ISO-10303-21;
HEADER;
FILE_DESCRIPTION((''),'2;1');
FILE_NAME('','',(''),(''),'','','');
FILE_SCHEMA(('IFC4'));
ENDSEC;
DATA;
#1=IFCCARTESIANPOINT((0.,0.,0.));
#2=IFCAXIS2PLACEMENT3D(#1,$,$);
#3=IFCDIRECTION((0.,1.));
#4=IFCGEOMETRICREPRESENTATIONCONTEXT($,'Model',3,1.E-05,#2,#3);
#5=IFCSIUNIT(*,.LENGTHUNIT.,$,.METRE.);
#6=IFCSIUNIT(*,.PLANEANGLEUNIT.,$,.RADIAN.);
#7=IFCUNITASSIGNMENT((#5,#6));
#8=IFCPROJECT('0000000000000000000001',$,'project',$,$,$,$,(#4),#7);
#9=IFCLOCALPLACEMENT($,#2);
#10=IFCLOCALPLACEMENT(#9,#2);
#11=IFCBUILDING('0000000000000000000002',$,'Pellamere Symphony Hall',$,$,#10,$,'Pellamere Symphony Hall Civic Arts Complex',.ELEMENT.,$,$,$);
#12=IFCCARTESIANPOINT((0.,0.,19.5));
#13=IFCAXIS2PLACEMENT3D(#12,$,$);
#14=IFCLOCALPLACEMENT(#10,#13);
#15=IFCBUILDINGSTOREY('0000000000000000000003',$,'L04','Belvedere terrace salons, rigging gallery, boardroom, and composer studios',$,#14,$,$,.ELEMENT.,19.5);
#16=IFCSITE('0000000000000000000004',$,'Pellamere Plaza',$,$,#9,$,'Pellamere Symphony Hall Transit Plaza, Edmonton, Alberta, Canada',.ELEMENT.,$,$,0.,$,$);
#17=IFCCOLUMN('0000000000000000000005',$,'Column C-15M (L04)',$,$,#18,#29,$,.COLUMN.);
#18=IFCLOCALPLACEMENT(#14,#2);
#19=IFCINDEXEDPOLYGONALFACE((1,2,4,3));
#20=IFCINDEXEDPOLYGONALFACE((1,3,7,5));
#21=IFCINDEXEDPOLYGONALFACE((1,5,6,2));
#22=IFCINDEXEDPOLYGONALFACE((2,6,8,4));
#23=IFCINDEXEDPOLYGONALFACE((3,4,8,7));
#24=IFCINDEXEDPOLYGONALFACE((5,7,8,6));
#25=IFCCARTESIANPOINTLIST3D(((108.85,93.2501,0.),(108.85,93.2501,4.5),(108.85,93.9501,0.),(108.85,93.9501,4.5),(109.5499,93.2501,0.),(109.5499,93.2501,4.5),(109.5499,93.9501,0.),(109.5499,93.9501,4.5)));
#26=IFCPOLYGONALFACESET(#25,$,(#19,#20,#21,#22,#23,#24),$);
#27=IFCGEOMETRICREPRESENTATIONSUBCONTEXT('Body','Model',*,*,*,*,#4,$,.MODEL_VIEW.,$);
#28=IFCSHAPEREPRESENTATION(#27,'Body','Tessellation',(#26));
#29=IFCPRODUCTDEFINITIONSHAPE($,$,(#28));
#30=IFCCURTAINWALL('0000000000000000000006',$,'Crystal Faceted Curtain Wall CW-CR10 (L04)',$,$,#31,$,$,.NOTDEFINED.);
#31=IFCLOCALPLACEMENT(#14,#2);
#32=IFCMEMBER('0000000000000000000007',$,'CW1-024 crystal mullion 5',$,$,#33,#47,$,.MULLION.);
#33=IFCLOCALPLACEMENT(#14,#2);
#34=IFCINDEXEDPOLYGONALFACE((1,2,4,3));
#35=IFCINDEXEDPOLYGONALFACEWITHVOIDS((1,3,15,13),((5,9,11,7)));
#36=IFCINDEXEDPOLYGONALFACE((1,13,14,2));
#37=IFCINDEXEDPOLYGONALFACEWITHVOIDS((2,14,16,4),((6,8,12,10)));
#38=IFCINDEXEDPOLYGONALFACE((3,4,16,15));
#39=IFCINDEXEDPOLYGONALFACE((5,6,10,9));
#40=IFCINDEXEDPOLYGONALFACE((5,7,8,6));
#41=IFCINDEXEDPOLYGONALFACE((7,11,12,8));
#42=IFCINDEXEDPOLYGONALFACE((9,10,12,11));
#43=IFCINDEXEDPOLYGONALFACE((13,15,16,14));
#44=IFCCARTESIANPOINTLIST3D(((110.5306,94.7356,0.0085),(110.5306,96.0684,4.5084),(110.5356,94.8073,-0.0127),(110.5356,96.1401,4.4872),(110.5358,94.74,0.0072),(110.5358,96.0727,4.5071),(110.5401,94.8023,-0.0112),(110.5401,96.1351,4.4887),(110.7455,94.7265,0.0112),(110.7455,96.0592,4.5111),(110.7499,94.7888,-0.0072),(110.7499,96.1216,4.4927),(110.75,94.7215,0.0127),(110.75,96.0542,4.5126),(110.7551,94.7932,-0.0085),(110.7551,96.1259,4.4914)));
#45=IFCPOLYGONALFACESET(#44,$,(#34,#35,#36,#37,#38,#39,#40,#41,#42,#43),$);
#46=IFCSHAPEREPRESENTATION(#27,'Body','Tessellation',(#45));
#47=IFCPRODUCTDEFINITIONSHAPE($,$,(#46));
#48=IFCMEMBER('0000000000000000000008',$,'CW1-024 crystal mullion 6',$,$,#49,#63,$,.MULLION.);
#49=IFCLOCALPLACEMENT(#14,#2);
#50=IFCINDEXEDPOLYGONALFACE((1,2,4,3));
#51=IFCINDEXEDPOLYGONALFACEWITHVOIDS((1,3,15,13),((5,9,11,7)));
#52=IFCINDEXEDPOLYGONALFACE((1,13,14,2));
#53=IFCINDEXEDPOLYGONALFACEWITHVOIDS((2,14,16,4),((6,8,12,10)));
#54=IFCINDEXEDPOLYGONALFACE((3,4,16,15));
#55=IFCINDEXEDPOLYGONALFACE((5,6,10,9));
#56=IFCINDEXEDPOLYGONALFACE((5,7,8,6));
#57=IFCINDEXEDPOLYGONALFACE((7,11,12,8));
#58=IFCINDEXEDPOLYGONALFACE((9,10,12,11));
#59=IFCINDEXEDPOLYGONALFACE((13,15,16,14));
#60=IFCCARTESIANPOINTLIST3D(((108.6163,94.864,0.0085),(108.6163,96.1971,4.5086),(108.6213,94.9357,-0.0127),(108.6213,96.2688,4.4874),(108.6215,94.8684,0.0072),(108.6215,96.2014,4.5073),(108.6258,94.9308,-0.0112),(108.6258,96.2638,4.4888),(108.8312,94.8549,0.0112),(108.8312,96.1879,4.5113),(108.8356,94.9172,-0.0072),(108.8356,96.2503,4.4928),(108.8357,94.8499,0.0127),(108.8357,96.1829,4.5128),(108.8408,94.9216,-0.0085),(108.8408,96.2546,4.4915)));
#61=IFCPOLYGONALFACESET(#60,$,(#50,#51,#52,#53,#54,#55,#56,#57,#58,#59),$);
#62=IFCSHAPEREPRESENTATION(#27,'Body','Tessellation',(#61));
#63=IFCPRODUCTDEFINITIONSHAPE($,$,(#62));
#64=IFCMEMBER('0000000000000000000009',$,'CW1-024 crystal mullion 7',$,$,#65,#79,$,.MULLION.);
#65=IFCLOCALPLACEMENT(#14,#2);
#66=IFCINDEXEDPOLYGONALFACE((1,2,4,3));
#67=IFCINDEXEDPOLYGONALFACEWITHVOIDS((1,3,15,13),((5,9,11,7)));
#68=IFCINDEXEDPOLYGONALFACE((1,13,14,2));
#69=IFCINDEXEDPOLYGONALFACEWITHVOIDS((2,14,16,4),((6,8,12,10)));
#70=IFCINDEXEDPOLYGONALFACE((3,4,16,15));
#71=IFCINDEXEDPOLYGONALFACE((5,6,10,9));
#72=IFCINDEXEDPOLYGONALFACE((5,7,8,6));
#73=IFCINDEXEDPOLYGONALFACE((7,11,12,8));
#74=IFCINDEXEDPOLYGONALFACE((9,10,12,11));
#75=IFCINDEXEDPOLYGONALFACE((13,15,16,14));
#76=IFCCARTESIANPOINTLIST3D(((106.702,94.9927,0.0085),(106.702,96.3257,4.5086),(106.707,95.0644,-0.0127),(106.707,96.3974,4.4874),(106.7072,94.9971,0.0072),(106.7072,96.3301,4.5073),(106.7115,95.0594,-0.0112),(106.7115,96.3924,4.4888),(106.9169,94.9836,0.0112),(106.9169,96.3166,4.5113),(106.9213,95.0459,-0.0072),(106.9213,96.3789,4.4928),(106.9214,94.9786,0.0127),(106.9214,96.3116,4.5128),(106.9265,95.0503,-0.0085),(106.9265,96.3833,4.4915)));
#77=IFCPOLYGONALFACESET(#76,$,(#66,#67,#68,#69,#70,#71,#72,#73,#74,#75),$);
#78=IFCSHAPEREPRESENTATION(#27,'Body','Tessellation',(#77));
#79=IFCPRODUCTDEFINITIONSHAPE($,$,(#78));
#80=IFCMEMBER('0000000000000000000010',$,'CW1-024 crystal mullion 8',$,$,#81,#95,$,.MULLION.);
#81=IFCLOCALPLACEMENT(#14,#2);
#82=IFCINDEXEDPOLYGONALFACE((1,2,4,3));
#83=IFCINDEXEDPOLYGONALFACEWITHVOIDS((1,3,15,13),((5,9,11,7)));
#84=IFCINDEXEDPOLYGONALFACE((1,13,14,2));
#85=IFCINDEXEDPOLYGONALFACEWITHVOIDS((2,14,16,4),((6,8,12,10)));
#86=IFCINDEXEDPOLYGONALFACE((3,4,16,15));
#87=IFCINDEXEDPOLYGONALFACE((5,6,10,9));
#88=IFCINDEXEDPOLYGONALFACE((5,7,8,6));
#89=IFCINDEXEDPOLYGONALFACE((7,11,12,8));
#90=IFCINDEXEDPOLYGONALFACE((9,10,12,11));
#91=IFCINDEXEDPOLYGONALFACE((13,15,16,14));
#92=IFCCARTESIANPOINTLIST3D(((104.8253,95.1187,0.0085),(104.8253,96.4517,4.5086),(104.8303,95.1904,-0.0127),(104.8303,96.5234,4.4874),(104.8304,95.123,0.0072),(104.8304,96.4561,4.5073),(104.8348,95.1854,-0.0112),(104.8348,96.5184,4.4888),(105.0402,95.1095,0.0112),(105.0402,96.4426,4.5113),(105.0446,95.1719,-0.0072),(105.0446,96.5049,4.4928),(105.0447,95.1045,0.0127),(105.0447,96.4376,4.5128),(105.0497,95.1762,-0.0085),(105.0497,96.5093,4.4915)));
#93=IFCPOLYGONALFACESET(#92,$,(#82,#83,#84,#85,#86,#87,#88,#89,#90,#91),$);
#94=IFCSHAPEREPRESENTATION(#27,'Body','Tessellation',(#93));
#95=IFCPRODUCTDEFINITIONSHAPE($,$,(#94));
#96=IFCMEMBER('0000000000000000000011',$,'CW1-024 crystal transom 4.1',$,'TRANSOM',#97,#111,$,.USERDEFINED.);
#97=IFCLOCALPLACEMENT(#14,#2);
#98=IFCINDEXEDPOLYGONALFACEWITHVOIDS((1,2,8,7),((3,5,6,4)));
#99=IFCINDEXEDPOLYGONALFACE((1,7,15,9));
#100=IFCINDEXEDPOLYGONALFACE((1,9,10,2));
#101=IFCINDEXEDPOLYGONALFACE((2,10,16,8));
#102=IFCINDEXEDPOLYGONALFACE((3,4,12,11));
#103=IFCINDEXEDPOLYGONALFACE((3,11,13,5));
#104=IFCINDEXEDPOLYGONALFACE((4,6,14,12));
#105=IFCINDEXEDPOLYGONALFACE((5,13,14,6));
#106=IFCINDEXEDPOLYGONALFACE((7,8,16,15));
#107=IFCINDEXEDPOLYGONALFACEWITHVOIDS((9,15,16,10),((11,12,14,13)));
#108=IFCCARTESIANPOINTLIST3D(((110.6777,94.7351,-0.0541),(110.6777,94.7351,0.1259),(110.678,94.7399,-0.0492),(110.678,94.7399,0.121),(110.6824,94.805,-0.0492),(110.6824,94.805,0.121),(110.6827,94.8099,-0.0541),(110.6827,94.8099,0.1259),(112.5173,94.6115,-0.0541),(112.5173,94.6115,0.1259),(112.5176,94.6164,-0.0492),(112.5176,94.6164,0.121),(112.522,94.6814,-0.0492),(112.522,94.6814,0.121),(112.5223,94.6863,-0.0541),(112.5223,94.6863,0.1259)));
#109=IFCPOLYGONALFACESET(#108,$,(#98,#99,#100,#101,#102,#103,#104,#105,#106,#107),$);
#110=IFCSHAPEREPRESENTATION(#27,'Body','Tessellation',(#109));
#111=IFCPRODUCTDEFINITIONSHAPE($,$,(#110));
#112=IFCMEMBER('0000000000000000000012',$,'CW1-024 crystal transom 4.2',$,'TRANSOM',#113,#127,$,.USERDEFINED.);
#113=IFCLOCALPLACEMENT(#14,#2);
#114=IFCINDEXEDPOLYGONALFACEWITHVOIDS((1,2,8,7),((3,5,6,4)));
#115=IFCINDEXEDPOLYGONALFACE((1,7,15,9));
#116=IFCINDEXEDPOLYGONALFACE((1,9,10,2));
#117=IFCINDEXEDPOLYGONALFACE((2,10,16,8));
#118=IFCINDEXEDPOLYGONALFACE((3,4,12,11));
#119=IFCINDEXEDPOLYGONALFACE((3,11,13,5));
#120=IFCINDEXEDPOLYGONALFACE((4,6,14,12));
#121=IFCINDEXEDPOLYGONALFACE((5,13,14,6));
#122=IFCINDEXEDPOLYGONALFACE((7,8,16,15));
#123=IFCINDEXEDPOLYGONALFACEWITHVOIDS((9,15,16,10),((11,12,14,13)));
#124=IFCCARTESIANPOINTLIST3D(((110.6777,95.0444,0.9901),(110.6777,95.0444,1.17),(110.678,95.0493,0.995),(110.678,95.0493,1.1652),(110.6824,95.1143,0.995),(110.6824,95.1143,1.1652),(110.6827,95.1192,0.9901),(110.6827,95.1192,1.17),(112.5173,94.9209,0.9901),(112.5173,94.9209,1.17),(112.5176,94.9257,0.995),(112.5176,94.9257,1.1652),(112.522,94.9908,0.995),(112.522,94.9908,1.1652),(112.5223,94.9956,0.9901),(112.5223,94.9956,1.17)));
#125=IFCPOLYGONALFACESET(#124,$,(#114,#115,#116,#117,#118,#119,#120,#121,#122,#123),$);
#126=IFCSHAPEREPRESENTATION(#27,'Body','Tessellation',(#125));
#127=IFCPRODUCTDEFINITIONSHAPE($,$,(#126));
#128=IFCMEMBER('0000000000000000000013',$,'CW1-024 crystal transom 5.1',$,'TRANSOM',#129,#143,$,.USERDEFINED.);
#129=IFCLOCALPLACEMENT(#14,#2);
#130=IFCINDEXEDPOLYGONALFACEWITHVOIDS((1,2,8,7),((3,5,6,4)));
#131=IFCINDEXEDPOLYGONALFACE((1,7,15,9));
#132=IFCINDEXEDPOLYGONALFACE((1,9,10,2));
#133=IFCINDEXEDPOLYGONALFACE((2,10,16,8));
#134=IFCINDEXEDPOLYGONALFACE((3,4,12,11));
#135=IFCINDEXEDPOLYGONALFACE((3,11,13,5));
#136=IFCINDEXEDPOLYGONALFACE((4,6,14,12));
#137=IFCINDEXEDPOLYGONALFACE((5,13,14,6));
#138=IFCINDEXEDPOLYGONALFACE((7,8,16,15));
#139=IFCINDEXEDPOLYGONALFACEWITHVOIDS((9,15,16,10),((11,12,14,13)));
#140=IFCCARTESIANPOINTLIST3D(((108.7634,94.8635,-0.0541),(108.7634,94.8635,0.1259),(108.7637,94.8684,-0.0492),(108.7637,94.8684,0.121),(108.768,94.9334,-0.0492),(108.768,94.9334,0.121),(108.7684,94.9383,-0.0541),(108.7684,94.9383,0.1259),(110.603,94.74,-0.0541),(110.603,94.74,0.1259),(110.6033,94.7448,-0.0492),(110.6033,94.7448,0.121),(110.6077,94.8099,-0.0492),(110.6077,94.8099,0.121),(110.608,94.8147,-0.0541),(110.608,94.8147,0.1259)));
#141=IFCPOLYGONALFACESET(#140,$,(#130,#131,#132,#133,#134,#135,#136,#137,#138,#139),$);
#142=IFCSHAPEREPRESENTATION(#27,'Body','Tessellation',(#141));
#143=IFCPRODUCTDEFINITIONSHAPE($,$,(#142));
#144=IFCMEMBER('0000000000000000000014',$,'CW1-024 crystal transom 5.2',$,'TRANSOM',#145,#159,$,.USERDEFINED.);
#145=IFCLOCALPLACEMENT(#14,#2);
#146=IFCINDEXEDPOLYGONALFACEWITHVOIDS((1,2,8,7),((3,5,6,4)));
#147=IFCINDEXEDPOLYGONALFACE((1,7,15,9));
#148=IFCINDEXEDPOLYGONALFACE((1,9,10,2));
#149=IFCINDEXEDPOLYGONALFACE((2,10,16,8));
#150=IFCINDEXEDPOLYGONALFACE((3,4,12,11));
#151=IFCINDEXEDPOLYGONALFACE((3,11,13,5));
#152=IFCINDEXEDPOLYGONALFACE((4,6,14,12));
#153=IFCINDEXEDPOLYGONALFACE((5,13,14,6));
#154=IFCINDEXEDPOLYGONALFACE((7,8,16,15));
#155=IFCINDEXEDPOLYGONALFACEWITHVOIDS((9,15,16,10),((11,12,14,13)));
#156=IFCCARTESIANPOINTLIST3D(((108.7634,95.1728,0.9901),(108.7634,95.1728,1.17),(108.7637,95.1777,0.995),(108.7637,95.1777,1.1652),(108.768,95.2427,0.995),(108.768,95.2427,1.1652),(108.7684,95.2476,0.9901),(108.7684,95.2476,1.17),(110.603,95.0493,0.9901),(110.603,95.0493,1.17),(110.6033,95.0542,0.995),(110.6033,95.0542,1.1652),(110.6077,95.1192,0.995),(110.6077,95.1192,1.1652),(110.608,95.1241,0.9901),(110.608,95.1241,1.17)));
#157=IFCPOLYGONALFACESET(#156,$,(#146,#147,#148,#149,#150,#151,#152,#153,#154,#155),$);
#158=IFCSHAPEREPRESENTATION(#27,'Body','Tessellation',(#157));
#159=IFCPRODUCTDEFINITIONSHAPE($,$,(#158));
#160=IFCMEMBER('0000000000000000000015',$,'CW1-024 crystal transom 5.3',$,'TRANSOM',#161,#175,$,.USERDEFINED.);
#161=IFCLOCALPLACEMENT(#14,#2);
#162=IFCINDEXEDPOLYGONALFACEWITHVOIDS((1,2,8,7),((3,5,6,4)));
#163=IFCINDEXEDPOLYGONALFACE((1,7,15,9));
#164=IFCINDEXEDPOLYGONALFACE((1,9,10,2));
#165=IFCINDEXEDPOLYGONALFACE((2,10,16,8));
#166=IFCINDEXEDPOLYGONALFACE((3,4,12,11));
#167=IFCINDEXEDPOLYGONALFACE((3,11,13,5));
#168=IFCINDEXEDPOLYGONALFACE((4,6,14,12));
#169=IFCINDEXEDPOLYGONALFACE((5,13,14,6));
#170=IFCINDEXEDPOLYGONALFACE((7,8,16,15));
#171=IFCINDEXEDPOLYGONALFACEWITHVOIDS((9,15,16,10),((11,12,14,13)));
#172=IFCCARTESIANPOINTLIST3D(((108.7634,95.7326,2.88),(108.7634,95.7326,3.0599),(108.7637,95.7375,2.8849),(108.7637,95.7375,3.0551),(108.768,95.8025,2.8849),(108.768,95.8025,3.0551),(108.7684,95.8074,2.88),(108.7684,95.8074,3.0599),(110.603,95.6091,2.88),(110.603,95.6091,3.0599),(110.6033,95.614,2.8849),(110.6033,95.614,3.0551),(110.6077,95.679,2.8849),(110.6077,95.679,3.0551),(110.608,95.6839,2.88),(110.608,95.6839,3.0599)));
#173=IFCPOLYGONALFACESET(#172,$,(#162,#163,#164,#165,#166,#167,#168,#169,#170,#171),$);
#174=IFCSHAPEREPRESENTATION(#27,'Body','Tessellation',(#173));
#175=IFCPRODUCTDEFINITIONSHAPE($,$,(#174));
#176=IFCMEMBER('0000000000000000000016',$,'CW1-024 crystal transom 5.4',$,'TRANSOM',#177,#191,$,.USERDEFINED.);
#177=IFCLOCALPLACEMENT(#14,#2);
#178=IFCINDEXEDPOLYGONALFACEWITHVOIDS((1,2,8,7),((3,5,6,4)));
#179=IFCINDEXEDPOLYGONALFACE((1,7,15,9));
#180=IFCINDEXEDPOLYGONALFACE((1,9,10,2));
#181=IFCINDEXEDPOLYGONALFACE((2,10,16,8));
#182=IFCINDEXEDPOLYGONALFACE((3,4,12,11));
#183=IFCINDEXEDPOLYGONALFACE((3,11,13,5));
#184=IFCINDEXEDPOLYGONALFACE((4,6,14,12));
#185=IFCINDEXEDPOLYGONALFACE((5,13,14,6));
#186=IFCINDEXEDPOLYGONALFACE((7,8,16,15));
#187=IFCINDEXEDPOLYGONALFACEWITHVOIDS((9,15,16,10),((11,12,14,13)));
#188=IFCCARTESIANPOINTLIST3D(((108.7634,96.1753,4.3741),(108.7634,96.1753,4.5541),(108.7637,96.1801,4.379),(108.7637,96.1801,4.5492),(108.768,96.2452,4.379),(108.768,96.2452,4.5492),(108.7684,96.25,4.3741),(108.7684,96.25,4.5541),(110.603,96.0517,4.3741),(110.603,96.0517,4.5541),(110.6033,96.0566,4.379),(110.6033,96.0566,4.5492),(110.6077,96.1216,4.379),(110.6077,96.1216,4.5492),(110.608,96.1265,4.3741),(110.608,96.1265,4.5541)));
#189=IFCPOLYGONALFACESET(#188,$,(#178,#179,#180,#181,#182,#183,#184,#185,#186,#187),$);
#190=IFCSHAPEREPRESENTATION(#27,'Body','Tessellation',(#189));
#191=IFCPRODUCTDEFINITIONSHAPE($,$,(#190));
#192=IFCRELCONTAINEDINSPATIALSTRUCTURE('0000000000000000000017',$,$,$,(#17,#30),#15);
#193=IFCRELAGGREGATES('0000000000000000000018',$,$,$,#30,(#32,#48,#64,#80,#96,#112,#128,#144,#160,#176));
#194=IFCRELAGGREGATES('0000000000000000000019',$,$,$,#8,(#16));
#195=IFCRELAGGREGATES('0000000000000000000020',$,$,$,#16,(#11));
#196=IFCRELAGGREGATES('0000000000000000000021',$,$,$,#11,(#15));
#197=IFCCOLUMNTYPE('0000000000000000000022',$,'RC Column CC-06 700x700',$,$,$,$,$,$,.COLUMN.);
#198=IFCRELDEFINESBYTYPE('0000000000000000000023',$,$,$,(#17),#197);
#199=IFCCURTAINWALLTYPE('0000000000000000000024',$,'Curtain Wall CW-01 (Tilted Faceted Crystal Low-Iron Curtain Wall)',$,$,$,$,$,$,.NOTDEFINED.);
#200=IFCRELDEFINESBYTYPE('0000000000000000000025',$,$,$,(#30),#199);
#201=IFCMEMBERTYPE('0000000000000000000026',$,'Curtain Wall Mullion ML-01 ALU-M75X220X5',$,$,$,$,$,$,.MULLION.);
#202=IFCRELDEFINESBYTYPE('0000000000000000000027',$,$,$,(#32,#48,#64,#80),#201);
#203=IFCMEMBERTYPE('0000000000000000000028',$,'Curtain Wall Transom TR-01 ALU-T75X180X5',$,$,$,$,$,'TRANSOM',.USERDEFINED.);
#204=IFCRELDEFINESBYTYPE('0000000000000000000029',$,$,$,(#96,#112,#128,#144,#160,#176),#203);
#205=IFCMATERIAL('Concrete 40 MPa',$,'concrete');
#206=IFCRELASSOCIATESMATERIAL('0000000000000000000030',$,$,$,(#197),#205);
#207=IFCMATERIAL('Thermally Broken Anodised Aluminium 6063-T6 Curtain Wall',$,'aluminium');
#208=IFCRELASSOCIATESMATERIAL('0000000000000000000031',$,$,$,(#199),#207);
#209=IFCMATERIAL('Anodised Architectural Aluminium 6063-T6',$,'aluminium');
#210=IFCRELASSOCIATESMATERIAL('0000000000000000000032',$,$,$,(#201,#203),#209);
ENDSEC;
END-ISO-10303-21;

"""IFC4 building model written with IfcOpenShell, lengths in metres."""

from ifc_helpers import new_model, si_unit, direction, frame, origin, origin_2d, place, context, subcontext, project, spatial, rectangle, hollow_rectangle, extrude, material, material_profile, profile_set, type_object, element, aggregate, save


model = new_model("IFC4")

# Units and contexts
model_context = context("Model", 3, precision=1e-05, world=origin(), true_north=direction((0.0, 1.0)))
body_context = subcontext(model_context, "Body", "Model", "MODEL_VIEW")
ifc_project = project(units=[si_unit("LENGTHUNIT", "METRE"), si_unit("PLANEANGLEUNIT", "RADIAN")], contexts=[model_context])

# Site, building, storey
site_placement = place(None, origin())
site = spatial("IfcSite", under=ifc_project, at=site_placement, Name="Pellamere Plaza", LongName="Pellamere Symphony Hall Transit Plaza, Edmonton, Alberta, Canada", CompositionType="ELEMENT", RefElevation=0.0)
building_placement = place(site_placement, origin())
building = spatial("IfcBuilding", under=site, at=building_placement, Name="Pellamere Symphony Hall", LongName="Pellamere Symphony Hall Civic Arts Complex", CompositionType="ELEMENT")
storey_placement = place(building_placement, frame((0.0, 0.0, 19.5)))
storey = spatial("IfcBuildingStorey", under=building, at=storey_placement, Name="L04", Description="Belvedere terrace salons, rigging gallery, boardroom, and composer studios", CompositionType="ELEMENT", Elevation=19.5)

# Column
ifc_material_1 = material(Name="Concrete 40 MPa", Category="concrete")
ifc_material_profile_1 = material_profile(ifc_material_1, rectangle(XDim=0.7, YDim=0.7, at=origin_2d()), Name="RC 700x700")
ifc_profile_set_1 = profile_set([ifc_material_profile_1], Name="Concrete 40 MPa")
column_type = type_object("IfcColumnType", Name="RC Column CC-06 700x700", PredefinedType="COLUMN", material=ifc_profile_set_1)
column_placement = place(storey_placement, frame((109.2, 93.6001, 0.0), z_axis=(0.0, 0.0, 1.0), x_axis=(1.0, 0.0, 0.0)))
element("IfcColumn", 1, at=column_placement, inside=storey, type_object=column_type, Name="Column C-15M (L04)", PredefinedType="COLUMN", context=body_context, shape_type="SweptSolid", body=[
    extrude(rectangle(XDim=0.7, YDim=0.7, at=origin_2d()), origin(), (0.0, 0.0, 1.0), 4.5),
])

# Curtain wall, members
ifc_material_2 = material(Name="Thermally Broken Anodised Aluminium 6063-T6 Curtain Wall", Category="aluminium")
curtain_wall_type = type_object("IfcCurtainWallType", Name="Curtain Wall CW-01 (Tilted Faceted Crystal Low-Iron Curtain Wall)", PredefinedType="NOTDEFINED", material=ifc_material_2)
curtain_wall_placement = place(storey_placement, origin())
curtain_wall = element("IfcCurtainWall", 2, at=curtain_wall_placement, inside=storey, type_object=curtain_wall_type, Name="Crystal Faceted Curtain Wall CW-CR10 (L04)", PredefinedType="NOTDEFINED")
ifc_material_3 = material(Name="Anodised Architectural Aluminium 6063-T6", Category="aluminium")
ifc_material_profile_2 = material_profile(ifc_material_3, hollow_rectangle(XDim=0.075, YDim=0.22, WallThickness=0.0049, at=origin_2d()), Name="ALU-M75X220X5")
ifc_profile_set_2 = profile_set([ifc_material_profile_2], Name="Anodised Architectural Aluminium 6063-T6")
member_type_1 = type_object("IfcMemberType", Name="Curtain Wall Mullion ML-01 ALU-M75X220X5", PredefinedType="MULLION", material=ifc_profile_set_2)
member_1_placement = place(storey_placement, frame((110.6428, 94.7644, 0.0), z_axis=(0.0, 0.283977, 0.958831), x_axis=(0.067013, 0.956676, -0.283338)))
member_1 = element("IfcMember", 3, at=member_1_placement, type_object=member_type_1, Name="CW1-024 crystal mullion 5", PredefinedType="MULLION", context=body_context, shape_type="SweptSolid", body=[
    extrude(hollow_rectangle(XDim=0.075, YDim=0.22, WallThickness=0.0049, at=origin_2d()), origin(), (0.0, 0.0, 1.0), 4.6931),
])
member_2_placement = place(storey_placement, frame((108.7285, 94.8928, 0.0), z_axis=(0.0, 0.284025, 0.958817), x_axis=(0.067013, 0.956662, -0.283386)))
member_2 = element("IfcMember", 4, at=member_2_placement, type_object=member_type_1, Name="CW1-024 crystal mullion 6", PredefinedType="MULLION", context=body_context, shape_type="SweptSolid", body=[
    extrude(hollow_rectangle(XDim=0.075, YDim=0.22, WallThickness=0.0049, at=origin_2d()), origin(), (0.0, 0.0, 1.0), 4.6934),
])
member_3_placement = place(storey_placement, frame((106.8142, 95.0215, 0.0), z_axis=(0.0, 0.284025, 0.958817), x_axis=(0.067013, 0.956662, -0.283386)))
member_3 = element("IfcMember", 5, at=member_3_placement, type_object=member_type_1, Name="CW1-024 crystal mullion 7", PredefinedType="MULLION", context=body_context, shape_type="SweptSolid", body=[
    extrude(hollow_rectangle(XDim=0.075, YDim=0.22, WallThickness=0.0049, at=origin_2d()), origin(), (0.0, 0.0, 1.0), 4.6934),
])
member_4_placement = place(storey_placement, frame((104.9375, 95.1475, 0.0), z_axis=(0.0, 0.284025, 0.958817), x_axis=(0.067013, 0.956662, -0.283386)))
member_4 = element("IfcMember", 6, at=member_4_placement, type_object=member_type_1, Name="CW1-024 crystal mullion 8", PredefinedType="MULLION", context=body_context, shape_type="SweptSolid", body=[
    extrude(hollow_rectangle(XDim=0.075, YDim=0.22, WallThickness=0.0049, at=origin_2d()), origin(), (0.0, 0.0, 1.0), 4.6934),
])
ifc_material_profile_3 = material_profile(ifc_material_3, hollow_rectangle(XDim=0.075, YDim=0.1799, WallThickness=0.0049, at=origin_2d()), Name="ALU-T75X180X5")
ifc_profile_set_3 = profile_set([ifc_material_profile_3], Name="Anodised Architectural Aluminium 6063-T6")
member_type_2 = type_object("IfcMemberType", Name="Curtain Wall Transom TR-01 ALU-T75X180X5", ElementType="TRANSOM", PredefinedType="USERDEFINED", material=ifc_profile_set_3)
member_5_placement = place(storey_placement, frame((112.5198, 94.6489, 0.0359), z_axis=(-0.997753, 0.067002, 0.0), x_axis=(-0.067002, -0.997753, 0.0)))
member_5 = element("IfcMember", 7, at=member_5_placement, type_object=member_type_2, Name="CW1-024 crystal transom 4.1", ObjectType="TRANSOM", PredefinedType="USERDEFINED", context=body_context, shape_type="SweptSolid", body=[
    extrude(hollow_rectangle(XDim=0.075, YDim=0.1799, WallThickness=0.0049, at=origin_2d()), origin(), (0.0, 0.0, 1.0), 1.8438),
])
member_6_placement = place(storey_placement, frame((112.5198, 94.9583, 1.0801), z_axis=(-0.997753, 0.067002, 0.0), x_axis=(-0.067002, -0.997753, 0.0)))
member_6 = element("IfcMember", 8, at=member_6_placement, type_object=member_type_2, Name="CW1-024 crystal transom 4.2", ObjectType="TRANSOM", PredefinedType="USERDEFINED", context=body_context, shape_type="SweptSolid", body=[
    extrude(hollow_rectangle(XDim=0.075, YDim=0.1799, WallThickness=0.0049, at=origin_2d()), origin(), (0.0, 0.0, 1.0), 1.8438),
])
member_7_placement = place(storey_placement, frame((110.6055, 94.7773, 0.0359), z_axis=(-0.997753, 0.067002, 0.0), x_axis=(-0.067002, -0.997753, 0.0)))
member_7 = element("IfcMember", 9, at=member_7_placement, type_object=member_type_2, Name="CW1-024 crystal transom 5.1", ObjectType="TRANSOM", PredefinedType="USERDEFINED", context=body_context, shape_type="SweptSolid", body=[
    extrude(hollow_rectangle(XDim=0.075, YDim=0.1799, WallThickness=0.0049, at=origin_2d()), origin(), (0.0, 0.0, 1.0), 1.8438),
])
member_8_placement = place(storey_placement, frame((110.6055, 95.0867, 1.0801), z_axis=(-0.997753, 0.067002, 0.0), x_axis=(-0.067002, -0.997753, 0.0)))
member_8 = element("IfcMember", 10, at=member_8_placement, type_object=member_type_2, Name="CW1-024 crystal transom 5.2", ObjectType="TRANSOM", PredefinedType="USERDEFINED", context=body_context, shape_type="SweptSolid", body=[
    extrude(hollow_rectangle(XDim=0.075, YDim=0.1799, WallThickness=0.0049, at=origin_2d()), origin(), (0.0, 0.0, 1.0), 1.8438),
])
member_9_placement = place(storey_placement, frame((110.6055, 95.6465, 2.97), z_axis=(-0.997753, 0.067002, 0.0), x_axis=(-0.067002, -0.997753, 0.0)))
member_9 = element("IfcMember", 11, at=member_9_placement, type_object=member_type_2, Name="CW1-024 crystal transom 5.3", ObjectType="TRANSOM", PredefinedType="USERDEFINED", context=body_context, shape_type="SweptSolid", body=[
    extrude(hollow_rectangle(XDim=0.075, YDim=0.1799, WallThickness=0.0049, at=origin_2d()), origin(), (0.0, 0.0, 1.0), 1.8438),
])
member_10_placement = place(storey_placement, frame((110.6055, 96.0891, 4.4641), z_axis=(-0.997753, 0.067002, 0.0), x_axis=(-0.067002, -0.997753, 0.0)))
member_10 = element("IfcMember", 12, at=member_10_placement, type_object=member_type_2, Name="CW1-024 crystal transom 5.4", ObjectType="TRANSOM", PredefinedType="USERDEFINED", context=body_context, shape_type="SweptSolid", body=[
    extrude(hollow_rectangle(XDim=0.075, YDim=0.1799, WallThickness=0.0049, at=origin_2d()), origin(), (0.0, 0.0, 1.0), 1.8438),
])

aggregate(curtain_wall, [member_1, member_2, member_3, member_4, member_5, member_6, member_7, member_8, member_9, member_10])

save(model, "model.ifc")
